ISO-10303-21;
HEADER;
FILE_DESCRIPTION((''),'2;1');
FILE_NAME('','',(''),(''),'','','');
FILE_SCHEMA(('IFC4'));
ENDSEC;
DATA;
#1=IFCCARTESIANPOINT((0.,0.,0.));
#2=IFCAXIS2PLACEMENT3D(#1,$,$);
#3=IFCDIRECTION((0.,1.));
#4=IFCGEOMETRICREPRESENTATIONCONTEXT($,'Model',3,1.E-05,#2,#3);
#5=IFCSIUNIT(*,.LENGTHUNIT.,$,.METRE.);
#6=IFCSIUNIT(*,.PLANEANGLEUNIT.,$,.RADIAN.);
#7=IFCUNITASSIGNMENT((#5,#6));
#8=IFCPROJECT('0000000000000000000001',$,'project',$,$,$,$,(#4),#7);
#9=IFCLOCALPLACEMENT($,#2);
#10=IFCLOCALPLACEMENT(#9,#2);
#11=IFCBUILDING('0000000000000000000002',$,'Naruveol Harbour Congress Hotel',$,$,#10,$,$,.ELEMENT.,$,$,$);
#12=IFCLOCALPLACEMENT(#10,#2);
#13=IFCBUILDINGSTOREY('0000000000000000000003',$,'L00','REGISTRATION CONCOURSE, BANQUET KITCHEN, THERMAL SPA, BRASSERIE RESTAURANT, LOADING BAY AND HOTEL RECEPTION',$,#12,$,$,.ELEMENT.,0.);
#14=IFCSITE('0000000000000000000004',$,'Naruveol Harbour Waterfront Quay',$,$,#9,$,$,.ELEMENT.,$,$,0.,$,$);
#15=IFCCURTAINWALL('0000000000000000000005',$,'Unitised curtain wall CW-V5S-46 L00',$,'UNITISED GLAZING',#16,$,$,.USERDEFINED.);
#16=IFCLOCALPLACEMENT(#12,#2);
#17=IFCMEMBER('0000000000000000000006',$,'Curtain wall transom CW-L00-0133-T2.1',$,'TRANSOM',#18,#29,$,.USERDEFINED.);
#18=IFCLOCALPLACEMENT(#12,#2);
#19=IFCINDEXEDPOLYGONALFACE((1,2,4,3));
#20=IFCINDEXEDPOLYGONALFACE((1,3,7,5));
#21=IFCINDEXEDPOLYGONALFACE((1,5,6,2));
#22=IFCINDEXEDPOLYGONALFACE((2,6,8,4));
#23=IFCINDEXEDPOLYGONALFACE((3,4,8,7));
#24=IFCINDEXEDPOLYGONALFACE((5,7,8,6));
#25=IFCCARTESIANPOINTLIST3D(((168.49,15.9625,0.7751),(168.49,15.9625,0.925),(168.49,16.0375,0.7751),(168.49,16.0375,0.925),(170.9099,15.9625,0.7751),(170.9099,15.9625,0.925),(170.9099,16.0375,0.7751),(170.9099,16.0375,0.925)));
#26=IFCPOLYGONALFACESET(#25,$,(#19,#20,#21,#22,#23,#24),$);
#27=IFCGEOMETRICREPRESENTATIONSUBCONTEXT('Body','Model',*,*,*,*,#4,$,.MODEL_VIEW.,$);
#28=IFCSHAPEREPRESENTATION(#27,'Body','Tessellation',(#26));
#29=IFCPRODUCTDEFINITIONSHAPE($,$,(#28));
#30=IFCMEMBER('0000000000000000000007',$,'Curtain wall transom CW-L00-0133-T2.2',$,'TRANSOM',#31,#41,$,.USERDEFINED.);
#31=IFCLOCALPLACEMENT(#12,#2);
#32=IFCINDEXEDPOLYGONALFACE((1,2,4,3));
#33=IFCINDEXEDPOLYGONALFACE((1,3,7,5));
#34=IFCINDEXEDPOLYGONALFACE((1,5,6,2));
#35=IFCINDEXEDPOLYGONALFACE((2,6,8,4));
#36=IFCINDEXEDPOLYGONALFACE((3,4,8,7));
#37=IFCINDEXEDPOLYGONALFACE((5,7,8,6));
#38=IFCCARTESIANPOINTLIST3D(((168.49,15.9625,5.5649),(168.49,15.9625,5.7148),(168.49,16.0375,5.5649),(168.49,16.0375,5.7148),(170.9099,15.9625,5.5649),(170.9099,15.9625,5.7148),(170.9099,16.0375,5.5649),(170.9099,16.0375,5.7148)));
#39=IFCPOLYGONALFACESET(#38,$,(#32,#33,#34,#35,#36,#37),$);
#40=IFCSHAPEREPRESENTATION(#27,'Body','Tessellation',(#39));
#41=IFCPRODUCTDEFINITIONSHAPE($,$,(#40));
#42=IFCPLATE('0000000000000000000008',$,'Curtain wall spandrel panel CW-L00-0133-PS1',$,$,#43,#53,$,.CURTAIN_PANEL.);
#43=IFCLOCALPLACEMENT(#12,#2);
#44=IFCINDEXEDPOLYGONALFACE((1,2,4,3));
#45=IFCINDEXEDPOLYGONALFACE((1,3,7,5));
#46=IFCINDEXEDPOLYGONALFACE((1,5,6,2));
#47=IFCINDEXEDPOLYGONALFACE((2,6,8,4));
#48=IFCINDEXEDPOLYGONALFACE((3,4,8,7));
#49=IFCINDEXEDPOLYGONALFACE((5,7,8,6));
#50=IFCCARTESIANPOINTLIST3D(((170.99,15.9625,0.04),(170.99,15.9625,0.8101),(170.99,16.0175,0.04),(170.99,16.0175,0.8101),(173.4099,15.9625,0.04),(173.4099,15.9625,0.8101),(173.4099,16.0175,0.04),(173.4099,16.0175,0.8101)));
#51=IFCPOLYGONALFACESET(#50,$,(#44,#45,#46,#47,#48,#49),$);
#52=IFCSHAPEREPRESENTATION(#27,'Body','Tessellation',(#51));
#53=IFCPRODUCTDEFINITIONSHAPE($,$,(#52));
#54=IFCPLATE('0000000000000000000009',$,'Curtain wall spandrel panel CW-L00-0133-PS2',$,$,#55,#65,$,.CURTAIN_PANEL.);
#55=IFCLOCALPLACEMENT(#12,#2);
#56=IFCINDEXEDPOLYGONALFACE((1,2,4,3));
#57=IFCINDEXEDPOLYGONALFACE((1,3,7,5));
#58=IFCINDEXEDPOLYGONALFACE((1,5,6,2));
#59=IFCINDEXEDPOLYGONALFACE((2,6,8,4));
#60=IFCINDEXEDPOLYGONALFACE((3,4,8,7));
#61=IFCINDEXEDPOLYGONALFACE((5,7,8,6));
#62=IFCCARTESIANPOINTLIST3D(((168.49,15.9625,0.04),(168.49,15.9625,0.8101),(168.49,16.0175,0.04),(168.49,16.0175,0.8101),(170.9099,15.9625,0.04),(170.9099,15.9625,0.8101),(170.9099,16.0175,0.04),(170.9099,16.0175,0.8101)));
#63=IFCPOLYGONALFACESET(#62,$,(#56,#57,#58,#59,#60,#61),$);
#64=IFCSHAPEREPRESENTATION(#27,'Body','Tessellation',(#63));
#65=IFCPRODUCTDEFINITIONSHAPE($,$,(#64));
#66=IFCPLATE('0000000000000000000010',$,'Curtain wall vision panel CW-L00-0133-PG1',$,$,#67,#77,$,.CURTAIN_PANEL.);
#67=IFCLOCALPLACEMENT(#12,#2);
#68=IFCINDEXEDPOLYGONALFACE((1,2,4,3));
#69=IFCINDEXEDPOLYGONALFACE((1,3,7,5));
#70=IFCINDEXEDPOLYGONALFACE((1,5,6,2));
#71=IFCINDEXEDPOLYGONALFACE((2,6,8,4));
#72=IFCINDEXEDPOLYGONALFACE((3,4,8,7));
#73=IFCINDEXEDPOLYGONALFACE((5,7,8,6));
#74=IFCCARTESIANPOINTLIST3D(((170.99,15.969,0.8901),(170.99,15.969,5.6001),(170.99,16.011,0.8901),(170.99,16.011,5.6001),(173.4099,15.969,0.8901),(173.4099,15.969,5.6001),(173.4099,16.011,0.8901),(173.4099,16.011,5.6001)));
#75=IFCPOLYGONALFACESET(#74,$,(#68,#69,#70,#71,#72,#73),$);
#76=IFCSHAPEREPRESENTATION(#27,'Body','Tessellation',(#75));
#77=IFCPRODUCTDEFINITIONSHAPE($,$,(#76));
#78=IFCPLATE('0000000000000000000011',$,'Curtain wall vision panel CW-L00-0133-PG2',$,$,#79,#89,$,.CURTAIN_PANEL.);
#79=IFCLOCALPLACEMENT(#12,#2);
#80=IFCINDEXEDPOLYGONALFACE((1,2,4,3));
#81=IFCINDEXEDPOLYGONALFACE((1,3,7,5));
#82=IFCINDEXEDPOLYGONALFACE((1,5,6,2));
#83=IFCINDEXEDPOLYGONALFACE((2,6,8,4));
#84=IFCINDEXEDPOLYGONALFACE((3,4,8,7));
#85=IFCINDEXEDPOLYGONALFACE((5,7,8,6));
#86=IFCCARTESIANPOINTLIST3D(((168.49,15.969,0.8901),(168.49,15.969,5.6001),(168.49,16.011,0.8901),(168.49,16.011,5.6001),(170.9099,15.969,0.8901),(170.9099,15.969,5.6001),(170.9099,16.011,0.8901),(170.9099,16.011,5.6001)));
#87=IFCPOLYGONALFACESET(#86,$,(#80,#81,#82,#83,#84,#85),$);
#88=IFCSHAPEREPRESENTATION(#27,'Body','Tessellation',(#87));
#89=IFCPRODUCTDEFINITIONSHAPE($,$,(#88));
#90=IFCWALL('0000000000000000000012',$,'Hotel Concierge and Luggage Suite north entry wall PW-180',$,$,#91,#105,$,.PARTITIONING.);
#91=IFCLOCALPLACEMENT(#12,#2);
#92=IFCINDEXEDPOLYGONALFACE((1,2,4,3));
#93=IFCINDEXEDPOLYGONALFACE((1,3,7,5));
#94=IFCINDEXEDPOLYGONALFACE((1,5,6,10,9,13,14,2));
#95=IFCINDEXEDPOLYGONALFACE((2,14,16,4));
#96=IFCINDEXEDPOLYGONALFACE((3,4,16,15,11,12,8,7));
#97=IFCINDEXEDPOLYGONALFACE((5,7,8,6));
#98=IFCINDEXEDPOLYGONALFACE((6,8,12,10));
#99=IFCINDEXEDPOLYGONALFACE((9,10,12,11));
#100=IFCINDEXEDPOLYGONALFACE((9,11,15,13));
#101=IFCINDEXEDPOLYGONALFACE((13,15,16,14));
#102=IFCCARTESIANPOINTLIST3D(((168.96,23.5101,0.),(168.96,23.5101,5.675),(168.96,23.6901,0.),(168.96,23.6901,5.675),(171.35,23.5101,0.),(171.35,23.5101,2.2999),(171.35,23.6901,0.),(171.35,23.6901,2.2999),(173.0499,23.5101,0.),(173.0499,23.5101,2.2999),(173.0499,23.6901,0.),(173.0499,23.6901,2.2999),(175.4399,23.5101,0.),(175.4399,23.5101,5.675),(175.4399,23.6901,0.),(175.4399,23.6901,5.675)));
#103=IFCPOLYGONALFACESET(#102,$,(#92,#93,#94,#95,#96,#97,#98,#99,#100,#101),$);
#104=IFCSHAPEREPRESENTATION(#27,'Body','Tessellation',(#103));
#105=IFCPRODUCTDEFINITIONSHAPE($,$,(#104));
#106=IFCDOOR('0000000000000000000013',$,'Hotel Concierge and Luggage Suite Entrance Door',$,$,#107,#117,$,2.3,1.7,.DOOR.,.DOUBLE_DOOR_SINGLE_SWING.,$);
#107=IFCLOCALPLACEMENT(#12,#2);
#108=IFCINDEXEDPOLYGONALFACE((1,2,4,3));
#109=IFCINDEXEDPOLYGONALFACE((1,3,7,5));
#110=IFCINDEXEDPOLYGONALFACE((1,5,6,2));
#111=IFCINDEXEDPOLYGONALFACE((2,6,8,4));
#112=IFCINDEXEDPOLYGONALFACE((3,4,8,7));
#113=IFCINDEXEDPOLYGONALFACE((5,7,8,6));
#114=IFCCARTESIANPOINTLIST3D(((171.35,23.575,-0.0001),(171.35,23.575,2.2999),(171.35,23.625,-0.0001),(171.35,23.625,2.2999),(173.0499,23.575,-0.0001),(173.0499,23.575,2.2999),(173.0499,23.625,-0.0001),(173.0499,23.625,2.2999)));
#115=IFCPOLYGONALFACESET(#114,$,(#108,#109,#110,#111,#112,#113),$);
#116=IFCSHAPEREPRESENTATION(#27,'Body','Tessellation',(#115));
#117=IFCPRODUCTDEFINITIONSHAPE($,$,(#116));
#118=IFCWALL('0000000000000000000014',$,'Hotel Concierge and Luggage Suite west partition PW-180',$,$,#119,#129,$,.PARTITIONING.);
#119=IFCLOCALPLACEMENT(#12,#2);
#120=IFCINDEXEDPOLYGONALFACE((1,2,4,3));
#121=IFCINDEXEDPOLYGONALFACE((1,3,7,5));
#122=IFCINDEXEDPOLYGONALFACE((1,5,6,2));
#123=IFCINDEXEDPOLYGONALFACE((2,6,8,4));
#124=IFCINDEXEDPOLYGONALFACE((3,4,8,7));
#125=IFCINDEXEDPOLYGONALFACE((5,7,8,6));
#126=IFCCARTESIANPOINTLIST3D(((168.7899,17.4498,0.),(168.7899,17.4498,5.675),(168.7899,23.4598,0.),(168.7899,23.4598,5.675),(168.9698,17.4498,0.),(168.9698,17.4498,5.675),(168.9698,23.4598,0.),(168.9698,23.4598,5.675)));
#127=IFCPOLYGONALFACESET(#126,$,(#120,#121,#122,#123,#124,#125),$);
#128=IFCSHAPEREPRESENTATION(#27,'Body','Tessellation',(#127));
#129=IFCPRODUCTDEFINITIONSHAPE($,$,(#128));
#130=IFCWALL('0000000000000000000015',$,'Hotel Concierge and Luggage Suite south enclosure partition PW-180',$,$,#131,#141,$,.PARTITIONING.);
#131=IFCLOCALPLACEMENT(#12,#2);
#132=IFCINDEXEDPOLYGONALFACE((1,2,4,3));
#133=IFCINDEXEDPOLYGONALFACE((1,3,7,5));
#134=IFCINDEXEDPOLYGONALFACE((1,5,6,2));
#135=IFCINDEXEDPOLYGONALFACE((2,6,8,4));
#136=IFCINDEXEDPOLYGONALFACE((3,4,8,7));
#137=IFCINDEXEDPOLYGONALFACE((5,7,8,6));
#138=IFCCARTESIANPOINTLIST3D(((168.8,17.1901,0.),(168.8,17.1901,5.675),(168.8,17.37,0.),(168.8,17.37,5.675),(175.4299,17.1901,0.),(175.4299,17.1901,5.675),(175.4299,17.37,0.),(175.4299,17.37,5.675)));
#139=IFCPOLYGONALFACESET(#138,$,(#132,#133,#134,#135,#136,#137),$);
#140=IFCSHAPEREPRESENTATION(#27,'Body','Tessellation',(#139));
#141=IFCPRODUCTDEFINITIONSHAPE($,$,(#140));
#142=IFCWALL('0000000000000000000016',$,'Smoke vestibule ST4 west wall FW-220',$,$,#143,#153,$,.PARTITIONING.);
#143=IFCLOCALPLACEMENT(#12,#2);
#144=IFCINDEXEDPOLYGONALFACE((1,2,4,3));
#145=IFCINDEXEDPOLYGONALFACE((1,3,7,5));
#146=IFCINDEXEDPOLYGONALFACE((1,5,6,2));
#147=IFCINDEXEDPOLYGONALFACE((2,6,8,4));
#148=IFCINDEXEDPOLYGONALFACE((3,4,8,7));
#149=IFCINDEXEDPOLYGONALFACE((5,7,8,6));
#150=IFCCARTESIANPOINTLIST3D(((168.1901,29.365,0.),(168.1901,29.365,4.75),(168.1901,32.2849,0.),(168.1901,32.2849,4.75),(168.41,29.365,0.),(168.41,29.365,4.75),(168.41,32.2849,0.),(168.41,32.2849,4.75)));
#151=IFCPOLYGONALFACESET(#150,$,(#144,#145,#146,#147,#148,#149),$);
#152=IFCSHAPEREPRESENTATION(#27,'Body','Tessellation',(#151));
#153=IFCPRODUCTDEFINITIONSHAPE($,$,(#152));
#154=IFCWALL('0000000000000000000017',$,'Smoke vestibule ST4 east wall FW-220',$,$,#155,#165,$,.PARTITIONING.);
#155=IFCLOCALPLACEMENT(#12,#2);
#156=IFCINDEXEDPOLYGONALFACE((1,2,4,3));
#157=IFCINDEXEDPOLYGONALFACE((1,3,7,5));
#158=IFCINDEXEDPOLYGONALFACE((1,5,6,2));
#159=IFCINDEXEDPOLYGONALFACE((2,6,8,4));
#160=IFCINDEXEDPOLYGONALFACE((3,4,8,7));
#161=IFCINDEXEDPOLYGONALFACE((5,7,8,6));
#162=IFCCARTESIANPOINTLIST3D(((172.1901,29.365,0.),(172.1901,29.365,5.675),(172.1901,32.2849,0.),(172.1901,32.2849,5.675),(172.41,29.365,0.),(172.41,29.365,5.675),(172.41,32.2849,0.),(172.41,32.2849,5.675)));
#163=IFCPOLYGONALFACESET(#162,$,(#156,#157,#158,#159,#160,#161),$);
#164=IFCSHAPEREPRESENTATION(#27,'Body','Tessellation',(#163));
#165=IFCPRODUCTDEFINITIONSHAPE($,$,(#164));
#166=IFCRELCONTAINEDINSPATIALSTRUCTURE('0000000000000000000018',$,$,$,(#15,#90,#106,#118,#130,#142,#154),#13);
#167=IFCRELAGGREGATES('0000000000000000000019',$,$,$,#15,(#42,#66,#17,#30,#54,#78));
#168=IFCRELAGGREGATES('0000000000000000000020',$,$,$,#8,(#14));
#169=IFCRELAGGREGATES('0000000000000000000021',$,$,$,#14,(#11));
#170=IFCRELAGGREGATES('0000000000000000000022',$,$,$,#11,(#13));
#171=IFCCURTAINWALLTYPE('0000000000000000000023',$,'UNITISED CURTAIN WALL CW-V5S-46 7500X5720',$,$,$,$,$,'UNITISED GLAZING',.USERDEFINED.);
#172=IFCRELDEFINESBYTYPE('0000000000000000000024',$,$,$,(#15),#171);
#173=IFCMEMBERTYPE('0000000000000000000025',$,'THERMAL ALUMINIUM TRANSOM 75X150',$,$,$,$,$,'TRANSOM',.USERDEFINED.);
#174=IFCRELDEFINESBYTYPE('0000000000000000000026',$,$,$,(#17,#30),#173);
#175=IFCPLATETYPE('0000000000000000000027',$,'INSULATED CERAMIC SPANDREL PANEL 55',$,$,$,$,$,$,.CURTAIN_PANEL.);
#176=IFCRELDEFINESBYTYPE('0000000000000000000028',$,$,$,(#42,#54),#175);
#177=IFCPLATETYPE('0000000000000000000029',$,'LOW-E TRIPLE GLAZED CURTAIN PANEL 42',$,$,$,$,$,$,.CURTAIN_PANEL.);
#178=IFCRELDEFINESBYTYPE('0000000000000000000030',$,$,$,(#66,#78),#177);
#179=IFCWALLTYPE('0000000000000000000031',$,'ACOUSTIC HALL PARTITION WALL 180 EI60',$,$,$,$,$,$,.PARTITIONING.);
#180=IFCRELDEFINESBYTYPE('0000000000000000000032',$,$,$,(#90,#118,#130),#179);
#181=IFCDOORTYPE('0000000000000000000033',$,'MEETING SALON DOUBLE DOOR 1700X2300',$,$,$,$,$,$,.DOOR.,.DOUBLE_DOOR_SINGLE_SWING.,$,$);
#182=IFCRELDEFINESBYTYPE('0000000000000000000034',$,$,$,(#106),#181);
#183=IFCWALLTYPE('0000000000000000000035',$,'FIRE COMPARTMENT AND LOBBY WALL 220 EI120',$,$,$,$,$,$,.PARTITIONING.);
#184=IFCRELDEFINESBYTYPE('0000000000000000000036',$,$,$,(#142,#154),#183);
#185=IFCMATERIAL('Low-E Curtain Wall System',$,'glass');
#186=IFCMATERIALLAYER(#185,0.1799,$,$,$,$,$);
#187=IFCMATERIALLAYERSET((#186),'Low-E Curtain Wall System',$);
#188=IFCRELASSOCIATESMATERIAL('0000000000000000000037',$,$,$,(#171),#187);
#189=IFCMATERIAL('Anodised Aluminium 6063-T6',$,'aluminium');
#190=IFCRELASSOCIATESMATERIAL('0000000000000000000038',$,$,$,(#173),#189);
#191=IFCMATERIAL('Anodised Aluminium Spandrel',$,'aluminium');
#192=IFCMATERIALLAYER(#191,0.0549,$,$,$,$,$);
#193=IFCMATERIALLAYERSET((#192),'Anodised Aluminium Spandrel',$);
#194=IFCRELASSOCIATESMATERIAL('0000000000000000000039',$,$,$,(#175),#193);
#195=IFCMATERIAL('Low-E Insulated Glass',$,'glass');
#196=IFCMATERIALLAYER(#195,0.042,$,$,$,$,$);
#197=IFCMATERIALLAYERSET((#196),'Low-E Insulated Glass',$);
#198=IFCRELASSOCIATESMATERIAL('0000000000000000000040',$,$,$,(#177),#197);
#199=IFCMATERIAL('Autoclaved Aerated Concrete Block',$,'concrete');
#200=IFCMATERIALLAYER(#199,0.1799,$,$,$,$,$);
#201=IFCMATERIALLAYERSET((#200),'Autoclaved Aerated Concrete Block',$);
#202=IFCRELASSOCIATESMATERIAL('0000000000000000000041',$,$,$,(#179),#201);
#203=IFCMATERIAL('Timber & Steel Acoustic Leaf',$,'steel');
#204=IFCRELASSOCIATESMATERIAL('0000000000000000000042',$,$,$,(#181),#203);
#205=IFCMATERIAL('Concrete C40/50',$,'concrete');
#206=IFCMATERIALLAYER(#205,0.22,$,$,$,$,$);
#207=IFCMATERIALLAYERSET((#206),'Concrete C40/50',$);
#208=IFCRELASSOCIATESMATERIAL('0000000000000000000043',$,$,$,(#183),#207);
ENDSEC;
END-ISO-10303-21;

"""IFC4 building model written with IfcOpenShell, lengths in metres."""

from ifc_helpers import new_model, si_unit, direction, frame, frame_2d, origin, origin_2d, place, context, subcontext, project, spatial, rectangle, extrude, material, layer, layer_set, material_profile, profile_set, type_object, element, fill, aggregate, save


model = new_model("IFC4")

# Units and contexts
model_context = context("Model", 3, precision=1e-05, world=origin(), true_north=direction((0.0, 1.0)))
body_context = subcontext(model_context, "Body", "Model", "MODEL_VIEW")
ifc_project = project(units=[si_unit("LENGTHUNIT", "METRE"), si_unit("PLANEANGLEUNIT", "RADIAN")], contexts=[model_context])

# Site, building, storey
site_placement = place(None, origin())
site = spatial("IfcSite", under=ifc_project, at=site_placement, Name="Naruveol Harbour Waterfront Quay", CompositionType="ELEMENT", RefElevation=0.0)
building_placement = place(site_placement, origin())
building = spatial("IfcBuilding", under=site, at=building_placement, Name="Naruveol Harbour Congress Hotel", CompositionType="ELEMENT")
storey_placement = place(building_placement, origin())
storey = spatial("IfcBuildingStorey", under=building, at=storey_placement, Name="L00", Description="REGISTRATION CONCOURSE, BANQUET KITCHEN, THERMAL SPA, BRASSERIE RESTAURANT, LOADING BAY AND HOTEL RECEPTION", CompositionType="ELEMENT", Elevation=0.0)

# Curtain wall, members, plates
ifc_material_1 = material(Name="Low-E Curtain Wall System", Category="glass")
ifc_layer_1 = layer(ifc_material_1, 0.1799)
ifc_layer_set_1 = layer_set([ifc_layer_1], Name="Low-E Curtain Wall System")
curtain_wall_type = type_object("IfcCurtainWallType", Name="UNITISED CURTAIN WALL CW-V5S-46 7500X5720", ElementType="UNITISED GLAZING", PredefinedType="USERDEFINED", material=ifc_layer_set_1)
curtain_wall_placement = place(storey_placement, origin())
curtain_wall = element("IfcCurtainWall", 1, at=curtain_wall_placement, inside=storey, type_object=curtain_wall_type, Name="Unitised curtain wall CW-V5S-46 L00", ObjectType="UNITISED GLAZING", PredefinedType="USERDEFINED")
ifc_material_2 = material(Name="Anodised Aluminium 6063-T6", Category="aluminium")
ifc_material_profile_1 = material_profile(ifc_material_2, rectangle(XDim=0.075, YDim=0.1499, at=origin_2d()), Name="ALU-75x150")
ifc_profile_set_1 = profile_set([ifc_material_profile_1], Name="Anodised Aluminium 6063-T6")
member_type_1 = type_object("IfcMemberType", Name="THERMAL ALUMINIUM TRANSOM 75X150", ElementType="TRANSOM", PredefinedType="USERDEFINED", material=ifc_profile_set_1)
member_1_placement = place(storey_placement, frame((170.9099, 16.0, 0.8501), z_axis=(-1.0, 0.0, 0.0), x_axis=(0.0, -1.0, 0.0)))
member_1 = element("IfcMember", 2, at=member_1_placement, type_object=member_type_1, Name="Curtain wall transom CW-L00-0133-T2.1", ObjectType="TRANSOM", PredefinedType="USERDEFINED", context=body_context, shape_type="SweptSolid", body=[
    extrude(rectangle(XDim=0.075, YDim=0.1499, at=origin_2d()), origin(), (0.0, 0.0, 1.0), 2.4199),
])
member_2_placement = place(storey_placement, frame((170.9099, 16.0, 5.6399), z_axis=(-1.0, 0.0, 0.0), x_axis=(0.0, -1.0, 0.0)))
member_2 = element("IfcMember", 3, at=member_2_placement, type_object=member_type_1, Name="Curtain wall transom CW-L00-0133-T2.2", ObjectType="TRANSOM", PredefinedType="USERDEFINED", context=body_context, shape_type="SweptSolid", body=[
    extrude(rectangle(XDim=0.075, YDim=0.1499, at=origin_2d()), origin(), (0.0, 0.0, 1.0), 2.4199),
])
ifc_material_3 = material(Name="Anodised Aluminium Spandrel", Category="aluminium")
ifc_layer_2 = layer(ifc_material_3, 0.0549)
ifc_layer_set_2 = layer_set([ifc_layer_2], Name="Anodised Aluminium Spandrel")
plate_type_1 = type_object("IfcPlateType", Name="INSULATED CERAMIC SPANDREL PANEL 55", PredefinedType="CURTAIN_PANEL", material=ifc_layer_set_2)
plate_1_placement = place(storey_placement, frame((172.2, 15.99, 0.04), z_axis=(0.0, 0.0, 1.0), x_axis=(-1.0, 0.0, 0.0)))
plate_1 = element("IfcPlate", 4, at=plate_1_placement, type_object=plate_type_1, Name="Curtain wall spandrel panel CW-L00-0133-PS1", PredefinedType="CURTAIN_PANEL", context=body_context, shape_type="SweptSolid", body=[
    extrude(rectangle(XDim=2.4199, YDim=0.0549, at=origin_2d()), origin(), (0.0, 0.0, 1.0), 0.77),
])
plate_2_placement = place(storey_placement, frame((169.7, 15.99, 0.04), z_axis=(0.0, 0.0, 1.0), x_axis=(-1.0, 0.0, 0.0)))
plate_2 = element("IfcPlate", 5, at=plate_2_placement, type_object=plate_type_1, Name="Curtain wall spandrel panel CW-L00-0133-PS2", PredefinedType="CURTAIN_PANEL", context=body_context, shape_type="SweptSolid", body=[
    extrude(rectangle(XDim=2.4199, YDim=0.0549, at=origin_2d()), origin(), (0.0, 0.0, 1.0), 0.77),
])
ifc_material_4 = material(Name="Low-E Insulated Glass", Category="glass")
ifc_layer_3 = layer(ifc_material_4, 0.042)
ifc_layer_set_3 = layer_set([ifc_layer_3], Name="Low-E Insulated Glass")
plate_type_2 = type_object("IfcPlateType", Name="LOW-E TRIPLE GLAZED CURTAIN PANEL 42", PredefinedType="CURTAIN_PANEL", material=ifc_layer_set_3)
plate_3_placement = place(storey_placement, frame((172.2, 15.99, 0.8901), z_axis=(0.0, 0.0, 1.0), x_axis=(-1.0, 0.0, 0.0)))
plate_3 = element("IfcPlate", 6, at=plate_3_placement, type_object=plate_type_2, Name="Curtain wall vision panel CW-L00-0133-PG1", PredefinedType="CURTAIN_PANEL", context=body_context, shape_type="SweptSolid", body=[
    extrude(rectangle(XDim=2.4199, YDim=0.042, at=origin_2d()), origin(), (0.0, 0.0, 1.0), 4.71),
])
plate_4_placement = place(storey_placement, frame((169.7, 15.99, 0.8901), z_axis=(0.0, 0.0, 1.0), x_axis=(-1.0, 0.0, 0.0)))
plate_4 = element("IfcPlate", 7, at=plate_4_placement, type_object=plate_type_2, Name="Curtain wall vision panel CW-L00-0133-PG2", PredefinedType="CURTAIN_PANEL", context=body_context, shape_type="SweptSolid", body=[
    extrude(rectangle(XDim=2.4199, YDim=0.042, at=origin_2d()), origin(), (0.0, 0.0, 1.0), 4.71),
])
aggregate(curtain_wall, [plate_1, plate_3, member_1, member_2, plate_2, plate_4])

# Wall, opening, door
ifc_material_5 = material(Name="Autoclaved Aerated Concrete Block", Category="concrete")
ifc_layer_4 = layer(ifc_material_5, 0.1799)
ifc_layer_set_4 = layer_set([ifc_layer_4], Name="Autoclaved Aerated Concrete Block")
wall_type_1 = type_object("IfcWallType", Name="ACOUSTIC HALL PARTITION WALL 180 EI60", PredefinedType="PARTITIONING", material=ifc_layer_set_4)
wall_1_placement = place(storey_placement, frame((168.96, 23.6001, 0.0), z_axis=(0.0, 0.0, 1.0), x_axis=(1.0, 0.0, 0.0)))
wall_1 = element("IfcWall", 8, at=wall_1_placement, inside=storey, type_object=wall_type_1, Name="Hotel Concierge and Luggage Suite north entry wall PW-180", PredefinedType="PARTITIONING", context=body_context, shape_type="SweptSolid", body=[
    extrude(rectangle(XDim=6.48, YDim=0.1799, at=frame_2d((3.24, 0.0))), origin(), (0.0, 0.0, 1.0), 5.675),
])
opening_placement = place(wall_1_placement, frame((2.3899, 0.0, 0.0)))
opening = element("IfcOpeningElement", 9, at=opening_placement, cuts=wall_1, PredefinedType="OPENING", context=body_context, shape_type="SweptSolid", body=[
    extrude(rectangle(XDim=1.7, YDim=2.3, at=frame_2d((0.8501, 1.1499))), frame((0.0, 0.0999, 0.0), z_axis=(0.0, -1.0, 0.0), x_axis=(1.0, 0.0, 0.0)), (0.0, 0.0, 1.0), 0.2),
])
ifc_material_6 = material(Name="Timber & Steel Acoustic Leaf", Category="steel")
door_type = type_object("IfcDoorType", Name="MEETING SALON DOUBLE DOOR 1700X2300", OperationType="DOUBLE_DOOR_SINGLE_SWING", PredefinedType="DOOR", material=ifc_material_6)
door_placement = place(opening_placement, origin())
door = element("IfcDoor", 10, at=door_placement, inside=storey, type_object=door_type, Name="Hotel Concierge and Luggage Suite Entrance Door", OperationType="DOUBLE_DOOR_SINGLE_SWING", OverallHeight=2.3, OverallWidth=1.7, PredefinedType="DOOR", context=body_context, shape_type="SweptSolid", body=[
    extrude(rectangle(XDim=1.7, YDim=2.3, at=frame_2d((0.8501, 1.1499))), frame((0.0, 0.0249, 0.0), z_axis=(0.0, -1.0, 0.0), x_axis=(1.0, 0.0, 0.0)), (0.0, 0.0, 1.0), 0.05),
])
fill(opening, door)

# Walls
wall_2_placement = place(storey_placement, frame((168.8799, 17.45, 0.0), z_axis=(0.0, 0.0, 1.0), x_axis=(0.0, 1.0, 0.0)))
element("IfcWall", 11, at=wall_2_placement, inside=storey, type_object=wall_type_1, Name="Hotel Concierge and Luggage Suite west partition PW-180", PredefinedType="PARTITIONING", context=body_context, shape_type="SweptSolid", body=[
    extrude(rectangle(XDim=6.01, YDim=0.1799, at=frame_2d((3.0049, 0.0))), origin(), (0.0, 0.0, 1.0), 5.675),
])
wall_3_placement = place(storey_placement, frame((168.8, 17.28, 0.0), z_axis=(0.0, 0.0, 1.0), x_axis=(1.0, 0.0, 0.0)))
element("IfcWall", 12, at=wall_3_placement, inside=storey, type_object=wall_type_1, Name="Hotel Concierge and Luggage Suite south enclosure partition PW-180", PredefinedType="PARTITIONING", context=body_context, shape_type="SweptSolid", body=[
    extrude(rectangle(XDim=6.6299, YDim=0.1799, at=frame_2d((3.3149, 0.0))), origin(), (0.0, 0.0, 1.0), 5.675),
])
ifc_material_7 = material(Name="Concrete C40/50", Category="concrete")
ifc_layer_5 = layer(ifc_material_7, 0.22)
ifc_layer_set_5 = layer_set([ifc_layer_5], Name="Concrete C40/50")
wall_type_2 = type_object("IfcWallType", Name="FIRE COMPARTMENT AND LOBBY WALL 220 EI120", PredefinedType="PARTITIONING", material=ifc_layer_set_5)
wall_4_placement = place(storey_placement, frame((168.3, 29.365, 0.0), z_axis=(0.0, 0.0, 1.0), x_axis=(0.0, 1.0, 0.0)))
element("IfcWall", 13, at=wall_4_placement, inside=storey, type_object=wall_type_2, Name="Smoke vestibule ST4 west wall FW-220", PredefinedType="PARTITIONING", context=body_context, shape_type="SweptSolid", body=[
    extrude(rectangle(XDim=2.9199, YDim=0.22, at=frame_2d((1.46, 0.0))), origin(), (0.0, 0.0, 1.0), 4.75),
])
wall_5_placement = place(storey_placement, frame((172.3, 29.365, 0.0), z_axis=(0.0, 0.0, 1.0), x_axis=(0.0, 1.0, 0.0)))
element("IfcWall", 14, at=wall_5_placement, inside=storey, type_object=wall_type_2, Name="Smoke vestibule ST4 east wall FW-220", PredefinedType="PARTITIONING", context=body_context, shape_type="SweptSolid", body=[
    extrude(rectangle(XDim=2.9199, YDim=0.22, at=frame_2d((1.46, 0.0))), origin(), (0.0, 0.0, 1.0), 5.675),
])

save(model, "model.ifc")
